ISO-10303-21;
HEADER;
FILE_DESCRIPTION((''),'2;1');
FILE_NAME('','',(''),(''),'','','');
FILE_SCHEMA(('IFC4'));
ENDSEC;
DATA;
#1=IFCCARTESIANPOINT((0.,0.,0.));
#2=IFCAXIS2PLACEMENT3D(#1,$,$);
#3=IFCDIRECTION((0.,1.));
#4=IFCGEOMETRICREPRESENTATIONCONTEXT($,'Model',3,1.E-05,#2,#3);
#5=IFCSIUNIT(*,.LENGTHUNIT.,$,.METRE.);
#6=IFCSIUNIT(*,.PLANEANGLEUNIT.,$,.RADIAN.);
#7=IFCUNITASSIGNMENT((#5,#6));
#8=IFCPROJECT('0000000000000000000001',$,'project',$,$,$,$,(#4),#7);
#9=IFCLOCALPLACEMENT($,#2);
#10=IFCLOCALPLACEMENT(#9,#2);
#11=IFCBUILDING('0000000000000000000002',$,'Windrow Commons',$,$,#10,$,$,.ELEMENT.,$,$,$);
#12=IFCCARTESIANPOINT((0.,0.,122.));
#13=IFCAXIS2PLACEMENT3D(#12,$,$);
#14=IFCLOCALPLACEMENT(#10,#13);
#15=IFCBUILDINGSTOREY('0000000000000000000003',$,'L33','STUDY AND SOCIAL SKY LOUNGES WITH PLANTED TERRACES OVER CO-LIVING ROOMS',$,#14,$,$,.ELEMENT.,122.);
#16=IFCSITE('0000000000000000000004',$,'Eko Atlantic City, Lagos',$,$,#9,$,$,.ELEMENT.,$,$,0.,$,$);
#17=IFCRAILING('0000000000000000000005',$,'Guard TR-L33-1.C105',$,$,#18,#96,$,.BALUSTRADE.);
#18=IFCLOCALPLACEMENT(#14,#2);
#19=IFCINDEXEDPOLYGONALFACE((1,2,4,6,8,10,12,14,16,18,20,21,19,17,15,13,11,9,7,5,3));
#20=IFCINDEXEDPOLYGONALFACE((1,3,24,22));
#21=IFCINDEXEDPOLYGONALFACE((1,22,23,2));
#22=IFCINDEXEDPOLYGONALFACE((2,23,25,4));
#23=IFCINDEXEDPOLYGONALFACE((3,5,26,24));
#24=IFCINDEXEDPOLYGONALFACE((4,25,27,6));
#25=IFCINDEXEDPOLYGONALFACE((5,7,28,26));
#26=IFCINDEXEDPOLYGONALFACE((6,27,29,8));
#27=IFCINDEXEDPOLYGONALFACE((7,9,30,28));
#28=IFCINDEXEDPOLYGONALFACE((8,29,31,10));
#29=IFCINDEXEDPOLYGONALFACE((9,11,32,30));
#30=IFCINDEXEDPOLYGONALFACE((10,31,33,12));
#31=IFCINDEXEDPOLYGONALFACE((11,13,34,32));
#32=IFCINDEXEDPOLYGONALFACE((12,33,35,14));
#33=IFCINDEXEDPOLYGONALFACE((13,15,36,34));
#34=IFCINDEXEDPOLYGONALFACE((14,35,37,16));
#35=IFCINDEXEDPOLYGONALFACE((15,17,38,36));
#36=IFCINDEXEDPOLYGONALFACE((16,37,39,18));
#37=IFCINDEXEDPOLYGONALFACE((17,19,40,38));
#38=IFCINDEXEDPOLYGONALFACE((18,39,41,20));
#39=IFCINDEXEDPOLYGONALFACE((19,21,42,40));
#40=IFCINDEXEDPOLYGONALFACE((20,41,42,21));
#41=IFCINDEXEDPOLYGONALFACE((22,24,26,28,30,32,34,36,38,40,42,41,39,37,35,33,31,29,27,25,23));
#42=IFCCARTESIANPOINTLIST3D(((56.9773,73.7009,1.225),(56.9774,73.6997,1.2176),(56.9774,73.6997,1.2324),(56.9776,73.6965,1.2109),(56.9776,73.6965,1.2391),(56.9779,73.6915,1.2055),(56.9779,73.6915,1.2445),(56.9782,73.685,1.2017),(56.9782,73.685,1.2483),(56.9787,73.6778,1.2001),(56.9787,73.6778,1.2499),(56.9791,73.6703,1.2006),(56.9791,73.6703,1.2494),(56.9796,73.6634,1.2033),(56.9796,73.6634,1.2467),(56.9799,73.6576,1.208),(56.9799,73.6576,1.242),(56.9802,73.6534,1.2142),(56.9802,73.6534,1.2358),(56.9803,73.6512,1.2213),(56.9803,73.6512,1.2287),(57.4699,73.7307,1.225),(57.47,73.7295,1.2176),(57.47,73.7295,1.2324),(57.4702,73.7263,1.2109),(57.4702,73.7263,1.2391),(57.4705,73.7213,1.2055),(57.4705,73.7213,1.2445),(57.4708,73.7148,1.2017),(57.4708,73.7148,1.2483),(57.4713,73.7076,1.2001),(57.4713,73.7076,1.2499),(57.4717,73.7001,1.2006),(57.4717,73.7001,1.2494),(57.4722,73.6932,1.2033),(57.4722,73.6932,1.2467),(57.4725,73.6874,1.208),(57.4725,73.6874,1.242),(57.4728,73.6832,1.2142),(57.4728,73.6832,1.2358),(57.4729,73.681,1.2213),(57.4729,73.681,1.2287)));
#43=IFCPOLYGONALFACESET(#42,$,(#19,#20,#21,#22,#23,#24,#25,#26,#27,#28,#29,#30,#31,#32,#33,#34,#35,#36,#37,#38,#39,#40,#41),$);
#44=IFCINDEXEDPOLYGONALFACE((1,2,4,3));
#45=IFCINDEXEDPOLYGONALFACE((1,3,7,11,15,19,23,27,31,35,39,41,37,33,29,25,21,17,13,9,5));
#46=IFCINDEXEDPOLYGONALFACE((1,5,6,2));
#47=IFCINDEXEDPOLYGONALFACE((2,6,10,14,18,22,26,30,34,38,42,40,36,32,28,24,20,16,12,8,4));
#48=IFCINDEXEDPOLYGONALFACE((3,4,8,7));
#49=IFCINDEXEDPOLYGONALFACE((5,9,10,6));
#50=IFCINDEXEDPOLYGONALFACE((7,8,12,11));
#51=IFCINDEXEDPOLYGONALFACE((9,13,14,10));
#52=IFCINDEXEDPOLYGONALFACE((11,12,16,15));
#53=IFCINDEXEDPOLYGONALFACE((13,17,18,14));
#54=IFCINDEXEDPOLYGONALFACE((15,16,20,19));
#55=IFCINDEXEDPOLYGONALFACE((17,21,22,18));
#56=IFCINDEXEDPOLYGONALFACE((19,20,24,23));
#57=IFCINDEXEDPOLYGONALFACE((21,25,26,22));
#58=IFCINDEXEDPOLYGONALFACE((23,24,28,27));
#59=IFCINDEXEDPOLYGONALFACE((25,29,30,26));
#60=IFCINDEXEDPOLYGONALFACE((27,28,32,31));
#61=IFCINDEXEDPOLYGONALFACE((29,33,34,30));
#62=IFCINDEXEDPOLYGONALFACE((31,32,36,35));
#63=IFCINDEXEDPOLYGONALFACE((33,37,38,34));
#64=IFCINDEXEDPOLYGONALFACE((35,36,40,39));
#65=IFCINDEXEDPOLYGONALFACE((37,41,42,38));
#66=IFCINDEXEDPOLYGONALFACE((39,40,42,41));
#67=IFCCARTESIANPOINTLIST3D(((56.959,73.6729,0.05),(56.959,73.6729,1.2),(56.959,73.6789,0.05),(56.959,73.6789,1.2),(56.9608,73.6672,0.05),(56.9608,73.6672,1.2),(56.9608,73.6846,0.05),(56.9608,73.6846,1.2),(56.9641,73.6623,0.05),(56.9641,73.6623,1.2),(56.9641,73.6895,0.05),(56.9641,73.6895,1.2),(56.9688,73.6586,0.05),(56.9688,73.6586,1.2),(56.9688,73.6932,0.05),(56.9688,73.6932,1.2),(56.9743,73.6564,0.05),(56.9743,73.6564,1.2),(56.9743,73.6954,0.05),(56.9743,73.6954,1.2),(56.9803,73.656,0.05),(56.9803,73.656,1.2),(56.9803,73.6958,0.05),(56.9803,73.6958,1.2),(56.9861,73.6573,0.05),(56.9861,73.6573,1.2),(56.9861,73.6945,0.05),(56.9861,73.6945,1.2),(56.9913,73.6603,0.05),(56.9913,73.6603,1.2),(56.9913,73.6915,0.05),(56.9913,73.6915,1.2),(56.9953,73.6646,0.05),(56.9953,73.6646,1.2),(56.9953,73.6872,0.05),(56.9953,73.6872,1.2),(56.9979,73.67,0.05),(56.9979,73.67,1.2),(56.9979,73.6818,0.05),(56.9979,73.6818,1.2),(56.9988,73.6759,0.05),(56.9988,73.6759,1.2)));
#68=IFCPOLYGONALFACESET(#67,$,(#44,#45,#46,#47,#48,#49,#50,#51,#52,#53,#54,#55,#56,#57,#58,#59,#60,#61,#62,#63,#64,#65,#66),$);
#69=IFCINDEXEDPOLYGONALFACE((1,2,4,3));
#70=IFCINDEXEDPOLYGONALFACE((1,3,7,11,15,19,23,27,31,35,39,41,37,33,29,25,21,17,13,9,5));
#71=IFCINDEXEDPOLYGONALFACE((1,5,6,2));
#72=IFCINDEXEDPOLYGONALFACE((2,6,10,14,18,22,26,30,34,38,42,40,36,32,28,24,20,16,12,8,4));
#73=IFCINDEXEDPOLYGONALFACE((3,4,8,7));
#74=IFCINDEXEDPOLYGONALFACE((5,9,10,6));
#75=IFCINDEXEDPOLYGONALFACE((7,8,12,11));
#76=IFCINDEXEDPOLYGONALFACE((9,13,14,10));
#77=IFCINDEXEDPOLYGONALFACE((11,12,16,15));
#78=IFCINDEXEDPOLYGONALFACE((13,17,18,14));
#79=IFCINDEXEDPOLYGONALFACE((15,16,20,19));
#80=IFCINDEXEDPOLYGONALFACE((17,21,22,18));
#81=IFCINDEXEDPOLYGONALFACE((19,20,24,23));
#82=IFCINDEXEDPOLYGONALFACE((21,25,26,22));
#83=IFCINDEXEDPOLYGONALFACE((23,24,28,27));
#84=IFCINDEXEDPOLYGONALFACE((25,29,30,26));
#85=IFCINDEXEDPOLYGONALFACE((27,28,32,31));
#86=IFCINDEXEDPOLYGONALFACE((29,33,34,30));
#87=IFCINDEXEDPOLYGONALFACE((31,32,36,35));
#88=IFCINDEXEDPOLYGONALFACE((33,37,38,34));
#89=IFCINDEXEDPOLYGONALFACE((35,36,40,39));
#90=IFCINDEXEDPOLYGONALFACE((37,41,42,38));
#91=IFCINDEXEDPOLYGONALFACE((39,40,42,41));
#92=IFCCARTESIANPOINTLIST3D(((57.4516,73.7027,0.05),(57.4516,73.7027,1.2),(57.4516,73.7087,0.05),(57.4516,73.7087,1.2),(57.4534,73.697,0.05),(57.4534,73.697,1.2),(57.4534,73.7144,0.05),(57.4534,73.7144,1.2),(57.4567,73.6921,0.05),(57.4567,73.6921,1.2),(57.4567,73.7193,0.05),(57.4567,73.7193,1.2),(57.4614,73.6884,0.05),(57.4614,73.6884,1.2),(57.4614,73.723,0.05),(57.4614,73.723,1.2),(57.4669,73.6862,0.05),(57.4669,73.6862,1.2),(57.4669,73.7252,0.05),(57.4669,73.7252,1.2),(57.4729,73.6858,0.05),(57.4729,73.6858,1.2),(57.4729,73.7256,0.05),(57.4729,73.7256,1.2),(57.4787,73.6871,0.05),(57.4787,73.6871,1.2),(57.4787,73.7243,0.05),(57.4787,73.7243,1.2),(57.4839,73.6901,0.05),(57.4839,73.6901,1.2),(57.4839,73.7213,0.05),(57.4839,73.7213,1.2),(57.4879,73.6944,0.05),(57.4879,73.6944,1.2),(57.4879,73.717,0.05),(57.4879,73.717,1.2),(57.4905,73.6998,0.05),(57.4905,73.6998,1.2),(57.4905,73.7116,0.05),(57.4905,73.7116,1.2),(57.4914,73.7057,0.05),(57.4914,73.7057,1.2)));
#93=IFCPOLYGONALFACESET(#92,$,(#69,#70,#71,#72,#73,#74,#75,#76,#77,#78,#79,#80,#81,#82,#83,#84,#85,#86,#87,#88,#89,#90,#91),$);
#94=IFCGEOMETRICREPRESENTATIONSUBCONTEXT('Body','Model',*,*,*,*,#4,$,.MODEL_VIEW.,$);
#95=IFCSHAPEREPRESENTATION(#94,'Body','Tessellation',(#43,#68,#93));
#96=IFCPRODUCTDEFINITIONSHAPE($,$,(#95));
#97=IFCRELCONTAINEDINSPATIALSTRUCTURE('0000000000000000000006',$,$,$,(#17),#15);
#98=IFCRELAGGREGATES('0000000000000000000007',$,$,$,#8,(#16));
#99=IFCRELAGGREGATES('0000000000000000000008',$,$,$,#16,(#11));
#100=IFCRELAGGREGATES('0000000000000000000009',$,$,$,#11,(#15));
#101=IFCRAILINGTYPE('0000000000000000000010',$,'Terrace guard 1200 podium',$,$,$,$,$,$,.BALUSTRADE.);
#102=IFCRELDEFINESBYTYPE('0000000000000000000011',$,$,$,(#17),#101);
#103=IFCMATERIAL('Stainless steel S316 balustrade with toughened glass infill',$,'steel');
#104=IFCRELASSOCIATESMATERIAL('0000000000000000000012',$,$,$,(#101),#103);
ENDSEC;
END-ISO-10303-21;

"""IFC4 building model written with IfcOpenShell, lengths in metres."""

from ifc_helpers import new_model, si_unit, direction, frame, origin, origin_2d, place, context, subcontext, project, spatial, circle, extrude, material, type_object, element, save


model = new_model("IFC4")

# Units and contexts
model_context = context("Model", 3, precision=1e-05, world=origin(), true_north=direction((0.0, 1.0)))
body_context = subcontext(model_context, "Body", "Model", "MODEL_VIEW")
ifc_project = project(units=[si_unit("LENGTHUNIT", "METRE"), si_unit("PLANEANGLEUNIT", "RADIAN")], contexts=[model_context])

# Site, building, storey
site_placement = place(None, origin())
site = spatial("IfcSite", under=ifc_project, at=site_placement, Name="Eko Atlantic City, Lagos", CompositionType="ELEMENT", RefElevation=0.0)
building_placement = place(site_placement, origin())
building = spatial("IfcBuilding", under=site, at=building_placement, Name="Windrow Commons", CompositionType="ELEMENT")
storey_placement = place(building_placement, frame((0.0, 0.0, 122.0)))
storey = spatial("IfcBuildingStorey", under=building, at=storey_placement, Name="L33", Description="STUDY AND SOCIAL SKY LOUNGES WITH PLANTED TERRACES OVER CO-LIVING ROOMS", CompositionType="ELEMENT", Elevation=122.0)

# Railing
ifc_material_1 = material(Name="Stainless steel S316 balustrade with toughened glass infill", Category="steel")
railing_type_1 = type_object("IfcRailingType", Name="Terrace guard 1200 podium", PredefinedType="BALUSTRADE", material=ifc_material_1)
railing_1_placement = place(storey_placement, frame((56.9788, 73.6759, 0.05)))
element("IfcRailing", 1, at=railing_1_placement, inside=storey, type_object=railing_type_1, Name="Guard TR-L33-1.C105", PredefinedType="BALUSTRADE", context=body_context, shape_type="SweptSolid", body=[
    extrude(circle(Radius=0.025, at=origin_2d()), frame((0.0, 0.0, 1.175), z_axis=(0.998175, 0.060385, 0.0), x_axis=(-0.060385, 0.998175, 0.0)), (0.0, 0.0, 1.0), 0.4935),
    extrude(circle(Radius=0.02, at=origin_2d()), origin(), (0.0, 0.0, 1.0), 1.15),
    extrude(circle(Radius=0.02, at=origin_2d()), frame((0.4926, 0.0298, 0.0)), (0.0, 0.0, 1.0), 1.15),
])

save(model, "model.ifc")
